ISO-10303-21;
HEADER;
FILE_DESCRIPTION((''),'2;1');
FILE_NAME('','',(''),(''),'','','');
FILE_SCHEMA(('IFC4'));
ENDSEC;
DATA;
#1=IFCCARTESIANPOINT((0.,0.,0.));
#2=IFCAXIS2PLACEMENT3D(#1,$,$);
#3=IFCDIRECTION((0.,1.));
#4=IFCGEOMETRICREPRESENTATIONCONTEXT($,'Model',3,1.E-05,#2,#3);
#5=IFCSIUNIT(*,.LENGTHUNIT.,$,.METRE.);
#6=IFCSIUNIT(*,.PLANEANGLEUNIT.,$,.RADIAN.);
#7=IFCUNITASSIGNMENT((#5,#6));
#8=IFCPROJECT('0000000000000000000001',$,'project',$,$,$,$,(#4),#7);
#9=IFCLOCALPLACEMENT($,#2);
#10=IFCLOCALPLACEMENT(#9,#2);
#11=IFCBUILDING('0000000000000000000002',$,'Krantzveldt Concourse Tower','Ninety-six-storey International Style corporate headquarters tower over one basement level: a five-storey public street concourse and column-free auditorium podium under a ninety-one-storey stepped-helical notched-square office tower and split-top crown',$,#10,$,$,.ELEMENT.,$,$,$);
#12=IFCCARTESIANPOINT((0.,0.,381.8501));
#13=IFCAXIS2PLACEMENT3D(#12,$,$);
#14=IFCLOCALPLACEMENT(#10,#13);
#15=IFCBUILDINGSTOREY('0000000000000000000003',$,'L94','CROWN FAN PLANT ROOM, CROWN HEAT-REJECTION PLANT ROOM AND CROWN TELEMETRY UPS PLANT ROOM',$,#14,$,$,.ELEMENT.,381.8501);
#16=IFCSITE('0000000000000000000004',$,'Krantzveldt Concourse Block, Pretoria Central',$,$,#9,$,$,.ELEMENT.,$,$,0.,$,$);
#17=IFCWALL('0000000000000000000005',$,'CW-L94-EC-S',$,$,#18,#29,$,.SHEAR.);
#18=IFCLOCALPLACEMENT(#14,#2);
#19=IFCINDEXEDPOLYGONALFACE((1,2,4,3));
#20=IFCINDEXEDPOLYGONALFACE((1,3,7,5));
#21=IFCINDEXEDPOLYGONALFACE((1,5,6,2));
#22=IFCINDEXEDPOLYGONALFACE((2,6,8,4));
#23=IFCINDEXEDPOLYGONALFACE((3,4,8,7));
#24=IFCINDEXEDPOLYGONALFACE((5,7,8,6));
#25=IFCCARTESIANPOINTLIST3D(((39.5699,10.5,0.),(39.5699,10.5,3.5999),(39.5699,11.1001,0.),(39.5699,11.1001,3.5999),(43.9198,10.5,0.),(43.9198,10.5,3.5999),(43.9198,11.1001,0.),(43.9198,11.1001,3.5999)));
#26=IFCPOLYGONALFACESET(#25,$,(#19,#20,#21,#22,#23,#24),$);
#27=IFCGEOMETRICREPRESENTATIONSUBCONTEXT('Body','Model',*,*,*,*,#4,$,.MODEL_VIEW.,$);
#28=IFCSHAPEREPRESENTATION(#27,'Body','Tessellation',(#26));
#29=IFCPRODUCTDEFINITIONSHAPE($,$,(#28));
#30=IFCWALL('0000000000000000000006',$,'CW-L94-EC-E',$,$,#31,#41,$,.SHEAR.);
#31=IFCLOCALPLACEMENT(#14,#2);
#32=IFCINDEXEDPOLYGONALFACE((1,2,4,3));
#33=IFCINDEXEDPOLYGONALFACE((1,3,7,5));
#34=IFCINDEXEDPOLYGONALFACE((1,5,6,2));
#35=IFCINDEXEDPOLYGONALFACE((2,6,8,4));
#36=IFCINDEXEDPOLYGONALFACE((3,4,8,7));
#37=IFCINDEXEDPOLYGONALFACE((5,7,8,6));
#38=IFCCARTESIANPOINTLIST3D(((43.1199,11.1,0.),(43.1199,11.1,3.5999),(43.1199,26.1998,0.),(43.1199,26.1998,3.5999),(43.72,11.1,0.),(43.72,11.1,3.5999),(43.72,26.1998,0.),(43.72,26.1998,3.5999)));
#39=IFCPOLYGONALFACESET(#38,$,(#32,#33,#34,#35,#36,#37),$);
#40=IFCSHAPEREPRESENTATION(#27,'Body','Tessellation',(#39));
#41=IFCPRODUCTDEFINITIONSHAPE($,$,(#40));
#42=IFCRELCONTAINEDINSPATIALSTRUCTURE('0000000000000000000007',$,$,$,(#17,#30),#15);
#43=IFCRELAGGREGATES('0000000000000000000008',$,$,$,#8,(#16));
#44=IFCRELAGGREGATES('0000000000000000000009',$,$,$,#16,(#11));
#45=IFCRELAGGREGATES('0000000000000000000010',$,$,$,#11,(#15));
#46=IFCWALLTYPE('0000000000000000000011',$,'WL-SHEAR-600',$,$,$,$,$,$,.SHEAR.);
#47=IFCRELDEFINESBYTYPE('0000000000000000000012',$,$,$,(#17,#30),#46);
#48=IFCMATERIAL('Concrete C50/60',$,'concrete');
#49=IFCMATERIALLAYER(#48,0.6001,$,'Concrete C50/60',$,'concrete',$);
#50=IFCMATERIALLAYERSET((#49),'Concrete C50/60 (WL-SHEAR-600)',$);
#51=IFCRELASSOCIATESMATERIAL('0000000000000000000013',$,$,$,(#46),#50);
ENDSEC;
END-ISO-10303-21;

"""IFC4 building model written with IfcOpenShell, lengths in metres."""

from ifc_helpers import new_model, si_unit, direction, frame, frame_2d, origin, place, context, subcontext, project, spatial, rectangle, extrude, material, layer, layer_set, type_object, element, save


model = new_model("IFC4")

# Units and contexts
model_context = context("Model", 3, precision=1e-05, world=origin(), true_north=direction((0.0, 1.0)))
body_context = subcontext(model_context, "Body", "Model", "MODEL_VIEW")
ifc_project = project(units=[si_unit("LENGTHUNIT", "METRE"), si_unit("PLANEANGLEUNIT", "RADIAN")], contexts=[model_context])

# Site, building, storey
site_placement = place(None, origin())
site = spatial("IfcSite", under=ifc_project, at=site_placement, Name="Krantzveldt Concourse Block, Pretoria Central", CompositionType="ELEMENT", RefElevation=0.0)
building_placement = place(site_placement, origin())
building = spatial("IfcBuilding", under=site, at=building_placement, Name="Krantzveldt Concourse Tower", Description="Ninety-six-storey International Style corporate headquarters tower over one basement level: a five-storey public street concourse and column-free auditorium podium under a ninety-one-storey stepped-helical notched-square office tower and split-top crown", CompositionType="ELEMENT")
storey_placement = place(building_placement, frame((0.0, 0.0, 381.8501)))
storey = spatial("IfcBuildingStorey", under=building, at=storey_placement, Name="L94", Description="CROWN FAN PLANT ROOM, CROWN HEAT-REJECTION PLANT ROOM AND CROWN TELEMETRY UPS PLANT ROOM", CompositionType="ELEMENT", Elevation=381.8501)

# Shared definitions
ifc_material_1 = material(Name="Concrete C50/60", Category="concrete")

# Walls
ifc_layer_1 = layer(ifc_material_1, 0.6001, Name="Concrete C50/60", Category="concrete")
ifc_layer_set_1 = layer_set([ifc_layer_1], Name="Concrete C50/60 (WL-SHEAR-600)")
wall_type_1 = type_object("IfcWallType", Name="WL-SHEAR-600", PredefinedType="SHEAR", material=ifc_layer_set_1)
wall_1_placement = place(storey_placement, frame((39.5701, 10.8, 0.0), z_axis=(0.0, 0.0, 1.0), x_axis=(1.0, 0.0, 0.0)))
element("IfcWall", 1, at=wall_1_placement, inside=storey, type_object=wall_type_1, Name="CW-L94-EC-S", PredefinedType="SHEAR", context=body_context, shape_type="SweptSolid", body=[
    extrude(rectangle(XDim=4.3499, YDim=0.6001, at=frame_2d((2.1748, 0.0))), origin(), (0.0, 0.0, 1.0), 3.5999),
])
wall_2_placement = place(storey_placement, frame((43.4199, 11.1001, 0.0), z_axis=(0.0, 0.0, 1.0), x_axis=(0.0, 1.0, 0.0)))
element("IfcWall", 2, at=wall_2_placement, inside=storey, type_object=wall_type_1, Name="CW-L94-EC-E", PredefinedType="SHEAR", context=body_context, shape_type="SweptSolid", body=[
    extrude(rectangle(XDim=15.0999, YDim=0.6001, at=frame_2d((7.5498, 0.0))), origin(), (0.0, 0.0, 1.0), 3.5999),
])

save(model, "model.ifc")
